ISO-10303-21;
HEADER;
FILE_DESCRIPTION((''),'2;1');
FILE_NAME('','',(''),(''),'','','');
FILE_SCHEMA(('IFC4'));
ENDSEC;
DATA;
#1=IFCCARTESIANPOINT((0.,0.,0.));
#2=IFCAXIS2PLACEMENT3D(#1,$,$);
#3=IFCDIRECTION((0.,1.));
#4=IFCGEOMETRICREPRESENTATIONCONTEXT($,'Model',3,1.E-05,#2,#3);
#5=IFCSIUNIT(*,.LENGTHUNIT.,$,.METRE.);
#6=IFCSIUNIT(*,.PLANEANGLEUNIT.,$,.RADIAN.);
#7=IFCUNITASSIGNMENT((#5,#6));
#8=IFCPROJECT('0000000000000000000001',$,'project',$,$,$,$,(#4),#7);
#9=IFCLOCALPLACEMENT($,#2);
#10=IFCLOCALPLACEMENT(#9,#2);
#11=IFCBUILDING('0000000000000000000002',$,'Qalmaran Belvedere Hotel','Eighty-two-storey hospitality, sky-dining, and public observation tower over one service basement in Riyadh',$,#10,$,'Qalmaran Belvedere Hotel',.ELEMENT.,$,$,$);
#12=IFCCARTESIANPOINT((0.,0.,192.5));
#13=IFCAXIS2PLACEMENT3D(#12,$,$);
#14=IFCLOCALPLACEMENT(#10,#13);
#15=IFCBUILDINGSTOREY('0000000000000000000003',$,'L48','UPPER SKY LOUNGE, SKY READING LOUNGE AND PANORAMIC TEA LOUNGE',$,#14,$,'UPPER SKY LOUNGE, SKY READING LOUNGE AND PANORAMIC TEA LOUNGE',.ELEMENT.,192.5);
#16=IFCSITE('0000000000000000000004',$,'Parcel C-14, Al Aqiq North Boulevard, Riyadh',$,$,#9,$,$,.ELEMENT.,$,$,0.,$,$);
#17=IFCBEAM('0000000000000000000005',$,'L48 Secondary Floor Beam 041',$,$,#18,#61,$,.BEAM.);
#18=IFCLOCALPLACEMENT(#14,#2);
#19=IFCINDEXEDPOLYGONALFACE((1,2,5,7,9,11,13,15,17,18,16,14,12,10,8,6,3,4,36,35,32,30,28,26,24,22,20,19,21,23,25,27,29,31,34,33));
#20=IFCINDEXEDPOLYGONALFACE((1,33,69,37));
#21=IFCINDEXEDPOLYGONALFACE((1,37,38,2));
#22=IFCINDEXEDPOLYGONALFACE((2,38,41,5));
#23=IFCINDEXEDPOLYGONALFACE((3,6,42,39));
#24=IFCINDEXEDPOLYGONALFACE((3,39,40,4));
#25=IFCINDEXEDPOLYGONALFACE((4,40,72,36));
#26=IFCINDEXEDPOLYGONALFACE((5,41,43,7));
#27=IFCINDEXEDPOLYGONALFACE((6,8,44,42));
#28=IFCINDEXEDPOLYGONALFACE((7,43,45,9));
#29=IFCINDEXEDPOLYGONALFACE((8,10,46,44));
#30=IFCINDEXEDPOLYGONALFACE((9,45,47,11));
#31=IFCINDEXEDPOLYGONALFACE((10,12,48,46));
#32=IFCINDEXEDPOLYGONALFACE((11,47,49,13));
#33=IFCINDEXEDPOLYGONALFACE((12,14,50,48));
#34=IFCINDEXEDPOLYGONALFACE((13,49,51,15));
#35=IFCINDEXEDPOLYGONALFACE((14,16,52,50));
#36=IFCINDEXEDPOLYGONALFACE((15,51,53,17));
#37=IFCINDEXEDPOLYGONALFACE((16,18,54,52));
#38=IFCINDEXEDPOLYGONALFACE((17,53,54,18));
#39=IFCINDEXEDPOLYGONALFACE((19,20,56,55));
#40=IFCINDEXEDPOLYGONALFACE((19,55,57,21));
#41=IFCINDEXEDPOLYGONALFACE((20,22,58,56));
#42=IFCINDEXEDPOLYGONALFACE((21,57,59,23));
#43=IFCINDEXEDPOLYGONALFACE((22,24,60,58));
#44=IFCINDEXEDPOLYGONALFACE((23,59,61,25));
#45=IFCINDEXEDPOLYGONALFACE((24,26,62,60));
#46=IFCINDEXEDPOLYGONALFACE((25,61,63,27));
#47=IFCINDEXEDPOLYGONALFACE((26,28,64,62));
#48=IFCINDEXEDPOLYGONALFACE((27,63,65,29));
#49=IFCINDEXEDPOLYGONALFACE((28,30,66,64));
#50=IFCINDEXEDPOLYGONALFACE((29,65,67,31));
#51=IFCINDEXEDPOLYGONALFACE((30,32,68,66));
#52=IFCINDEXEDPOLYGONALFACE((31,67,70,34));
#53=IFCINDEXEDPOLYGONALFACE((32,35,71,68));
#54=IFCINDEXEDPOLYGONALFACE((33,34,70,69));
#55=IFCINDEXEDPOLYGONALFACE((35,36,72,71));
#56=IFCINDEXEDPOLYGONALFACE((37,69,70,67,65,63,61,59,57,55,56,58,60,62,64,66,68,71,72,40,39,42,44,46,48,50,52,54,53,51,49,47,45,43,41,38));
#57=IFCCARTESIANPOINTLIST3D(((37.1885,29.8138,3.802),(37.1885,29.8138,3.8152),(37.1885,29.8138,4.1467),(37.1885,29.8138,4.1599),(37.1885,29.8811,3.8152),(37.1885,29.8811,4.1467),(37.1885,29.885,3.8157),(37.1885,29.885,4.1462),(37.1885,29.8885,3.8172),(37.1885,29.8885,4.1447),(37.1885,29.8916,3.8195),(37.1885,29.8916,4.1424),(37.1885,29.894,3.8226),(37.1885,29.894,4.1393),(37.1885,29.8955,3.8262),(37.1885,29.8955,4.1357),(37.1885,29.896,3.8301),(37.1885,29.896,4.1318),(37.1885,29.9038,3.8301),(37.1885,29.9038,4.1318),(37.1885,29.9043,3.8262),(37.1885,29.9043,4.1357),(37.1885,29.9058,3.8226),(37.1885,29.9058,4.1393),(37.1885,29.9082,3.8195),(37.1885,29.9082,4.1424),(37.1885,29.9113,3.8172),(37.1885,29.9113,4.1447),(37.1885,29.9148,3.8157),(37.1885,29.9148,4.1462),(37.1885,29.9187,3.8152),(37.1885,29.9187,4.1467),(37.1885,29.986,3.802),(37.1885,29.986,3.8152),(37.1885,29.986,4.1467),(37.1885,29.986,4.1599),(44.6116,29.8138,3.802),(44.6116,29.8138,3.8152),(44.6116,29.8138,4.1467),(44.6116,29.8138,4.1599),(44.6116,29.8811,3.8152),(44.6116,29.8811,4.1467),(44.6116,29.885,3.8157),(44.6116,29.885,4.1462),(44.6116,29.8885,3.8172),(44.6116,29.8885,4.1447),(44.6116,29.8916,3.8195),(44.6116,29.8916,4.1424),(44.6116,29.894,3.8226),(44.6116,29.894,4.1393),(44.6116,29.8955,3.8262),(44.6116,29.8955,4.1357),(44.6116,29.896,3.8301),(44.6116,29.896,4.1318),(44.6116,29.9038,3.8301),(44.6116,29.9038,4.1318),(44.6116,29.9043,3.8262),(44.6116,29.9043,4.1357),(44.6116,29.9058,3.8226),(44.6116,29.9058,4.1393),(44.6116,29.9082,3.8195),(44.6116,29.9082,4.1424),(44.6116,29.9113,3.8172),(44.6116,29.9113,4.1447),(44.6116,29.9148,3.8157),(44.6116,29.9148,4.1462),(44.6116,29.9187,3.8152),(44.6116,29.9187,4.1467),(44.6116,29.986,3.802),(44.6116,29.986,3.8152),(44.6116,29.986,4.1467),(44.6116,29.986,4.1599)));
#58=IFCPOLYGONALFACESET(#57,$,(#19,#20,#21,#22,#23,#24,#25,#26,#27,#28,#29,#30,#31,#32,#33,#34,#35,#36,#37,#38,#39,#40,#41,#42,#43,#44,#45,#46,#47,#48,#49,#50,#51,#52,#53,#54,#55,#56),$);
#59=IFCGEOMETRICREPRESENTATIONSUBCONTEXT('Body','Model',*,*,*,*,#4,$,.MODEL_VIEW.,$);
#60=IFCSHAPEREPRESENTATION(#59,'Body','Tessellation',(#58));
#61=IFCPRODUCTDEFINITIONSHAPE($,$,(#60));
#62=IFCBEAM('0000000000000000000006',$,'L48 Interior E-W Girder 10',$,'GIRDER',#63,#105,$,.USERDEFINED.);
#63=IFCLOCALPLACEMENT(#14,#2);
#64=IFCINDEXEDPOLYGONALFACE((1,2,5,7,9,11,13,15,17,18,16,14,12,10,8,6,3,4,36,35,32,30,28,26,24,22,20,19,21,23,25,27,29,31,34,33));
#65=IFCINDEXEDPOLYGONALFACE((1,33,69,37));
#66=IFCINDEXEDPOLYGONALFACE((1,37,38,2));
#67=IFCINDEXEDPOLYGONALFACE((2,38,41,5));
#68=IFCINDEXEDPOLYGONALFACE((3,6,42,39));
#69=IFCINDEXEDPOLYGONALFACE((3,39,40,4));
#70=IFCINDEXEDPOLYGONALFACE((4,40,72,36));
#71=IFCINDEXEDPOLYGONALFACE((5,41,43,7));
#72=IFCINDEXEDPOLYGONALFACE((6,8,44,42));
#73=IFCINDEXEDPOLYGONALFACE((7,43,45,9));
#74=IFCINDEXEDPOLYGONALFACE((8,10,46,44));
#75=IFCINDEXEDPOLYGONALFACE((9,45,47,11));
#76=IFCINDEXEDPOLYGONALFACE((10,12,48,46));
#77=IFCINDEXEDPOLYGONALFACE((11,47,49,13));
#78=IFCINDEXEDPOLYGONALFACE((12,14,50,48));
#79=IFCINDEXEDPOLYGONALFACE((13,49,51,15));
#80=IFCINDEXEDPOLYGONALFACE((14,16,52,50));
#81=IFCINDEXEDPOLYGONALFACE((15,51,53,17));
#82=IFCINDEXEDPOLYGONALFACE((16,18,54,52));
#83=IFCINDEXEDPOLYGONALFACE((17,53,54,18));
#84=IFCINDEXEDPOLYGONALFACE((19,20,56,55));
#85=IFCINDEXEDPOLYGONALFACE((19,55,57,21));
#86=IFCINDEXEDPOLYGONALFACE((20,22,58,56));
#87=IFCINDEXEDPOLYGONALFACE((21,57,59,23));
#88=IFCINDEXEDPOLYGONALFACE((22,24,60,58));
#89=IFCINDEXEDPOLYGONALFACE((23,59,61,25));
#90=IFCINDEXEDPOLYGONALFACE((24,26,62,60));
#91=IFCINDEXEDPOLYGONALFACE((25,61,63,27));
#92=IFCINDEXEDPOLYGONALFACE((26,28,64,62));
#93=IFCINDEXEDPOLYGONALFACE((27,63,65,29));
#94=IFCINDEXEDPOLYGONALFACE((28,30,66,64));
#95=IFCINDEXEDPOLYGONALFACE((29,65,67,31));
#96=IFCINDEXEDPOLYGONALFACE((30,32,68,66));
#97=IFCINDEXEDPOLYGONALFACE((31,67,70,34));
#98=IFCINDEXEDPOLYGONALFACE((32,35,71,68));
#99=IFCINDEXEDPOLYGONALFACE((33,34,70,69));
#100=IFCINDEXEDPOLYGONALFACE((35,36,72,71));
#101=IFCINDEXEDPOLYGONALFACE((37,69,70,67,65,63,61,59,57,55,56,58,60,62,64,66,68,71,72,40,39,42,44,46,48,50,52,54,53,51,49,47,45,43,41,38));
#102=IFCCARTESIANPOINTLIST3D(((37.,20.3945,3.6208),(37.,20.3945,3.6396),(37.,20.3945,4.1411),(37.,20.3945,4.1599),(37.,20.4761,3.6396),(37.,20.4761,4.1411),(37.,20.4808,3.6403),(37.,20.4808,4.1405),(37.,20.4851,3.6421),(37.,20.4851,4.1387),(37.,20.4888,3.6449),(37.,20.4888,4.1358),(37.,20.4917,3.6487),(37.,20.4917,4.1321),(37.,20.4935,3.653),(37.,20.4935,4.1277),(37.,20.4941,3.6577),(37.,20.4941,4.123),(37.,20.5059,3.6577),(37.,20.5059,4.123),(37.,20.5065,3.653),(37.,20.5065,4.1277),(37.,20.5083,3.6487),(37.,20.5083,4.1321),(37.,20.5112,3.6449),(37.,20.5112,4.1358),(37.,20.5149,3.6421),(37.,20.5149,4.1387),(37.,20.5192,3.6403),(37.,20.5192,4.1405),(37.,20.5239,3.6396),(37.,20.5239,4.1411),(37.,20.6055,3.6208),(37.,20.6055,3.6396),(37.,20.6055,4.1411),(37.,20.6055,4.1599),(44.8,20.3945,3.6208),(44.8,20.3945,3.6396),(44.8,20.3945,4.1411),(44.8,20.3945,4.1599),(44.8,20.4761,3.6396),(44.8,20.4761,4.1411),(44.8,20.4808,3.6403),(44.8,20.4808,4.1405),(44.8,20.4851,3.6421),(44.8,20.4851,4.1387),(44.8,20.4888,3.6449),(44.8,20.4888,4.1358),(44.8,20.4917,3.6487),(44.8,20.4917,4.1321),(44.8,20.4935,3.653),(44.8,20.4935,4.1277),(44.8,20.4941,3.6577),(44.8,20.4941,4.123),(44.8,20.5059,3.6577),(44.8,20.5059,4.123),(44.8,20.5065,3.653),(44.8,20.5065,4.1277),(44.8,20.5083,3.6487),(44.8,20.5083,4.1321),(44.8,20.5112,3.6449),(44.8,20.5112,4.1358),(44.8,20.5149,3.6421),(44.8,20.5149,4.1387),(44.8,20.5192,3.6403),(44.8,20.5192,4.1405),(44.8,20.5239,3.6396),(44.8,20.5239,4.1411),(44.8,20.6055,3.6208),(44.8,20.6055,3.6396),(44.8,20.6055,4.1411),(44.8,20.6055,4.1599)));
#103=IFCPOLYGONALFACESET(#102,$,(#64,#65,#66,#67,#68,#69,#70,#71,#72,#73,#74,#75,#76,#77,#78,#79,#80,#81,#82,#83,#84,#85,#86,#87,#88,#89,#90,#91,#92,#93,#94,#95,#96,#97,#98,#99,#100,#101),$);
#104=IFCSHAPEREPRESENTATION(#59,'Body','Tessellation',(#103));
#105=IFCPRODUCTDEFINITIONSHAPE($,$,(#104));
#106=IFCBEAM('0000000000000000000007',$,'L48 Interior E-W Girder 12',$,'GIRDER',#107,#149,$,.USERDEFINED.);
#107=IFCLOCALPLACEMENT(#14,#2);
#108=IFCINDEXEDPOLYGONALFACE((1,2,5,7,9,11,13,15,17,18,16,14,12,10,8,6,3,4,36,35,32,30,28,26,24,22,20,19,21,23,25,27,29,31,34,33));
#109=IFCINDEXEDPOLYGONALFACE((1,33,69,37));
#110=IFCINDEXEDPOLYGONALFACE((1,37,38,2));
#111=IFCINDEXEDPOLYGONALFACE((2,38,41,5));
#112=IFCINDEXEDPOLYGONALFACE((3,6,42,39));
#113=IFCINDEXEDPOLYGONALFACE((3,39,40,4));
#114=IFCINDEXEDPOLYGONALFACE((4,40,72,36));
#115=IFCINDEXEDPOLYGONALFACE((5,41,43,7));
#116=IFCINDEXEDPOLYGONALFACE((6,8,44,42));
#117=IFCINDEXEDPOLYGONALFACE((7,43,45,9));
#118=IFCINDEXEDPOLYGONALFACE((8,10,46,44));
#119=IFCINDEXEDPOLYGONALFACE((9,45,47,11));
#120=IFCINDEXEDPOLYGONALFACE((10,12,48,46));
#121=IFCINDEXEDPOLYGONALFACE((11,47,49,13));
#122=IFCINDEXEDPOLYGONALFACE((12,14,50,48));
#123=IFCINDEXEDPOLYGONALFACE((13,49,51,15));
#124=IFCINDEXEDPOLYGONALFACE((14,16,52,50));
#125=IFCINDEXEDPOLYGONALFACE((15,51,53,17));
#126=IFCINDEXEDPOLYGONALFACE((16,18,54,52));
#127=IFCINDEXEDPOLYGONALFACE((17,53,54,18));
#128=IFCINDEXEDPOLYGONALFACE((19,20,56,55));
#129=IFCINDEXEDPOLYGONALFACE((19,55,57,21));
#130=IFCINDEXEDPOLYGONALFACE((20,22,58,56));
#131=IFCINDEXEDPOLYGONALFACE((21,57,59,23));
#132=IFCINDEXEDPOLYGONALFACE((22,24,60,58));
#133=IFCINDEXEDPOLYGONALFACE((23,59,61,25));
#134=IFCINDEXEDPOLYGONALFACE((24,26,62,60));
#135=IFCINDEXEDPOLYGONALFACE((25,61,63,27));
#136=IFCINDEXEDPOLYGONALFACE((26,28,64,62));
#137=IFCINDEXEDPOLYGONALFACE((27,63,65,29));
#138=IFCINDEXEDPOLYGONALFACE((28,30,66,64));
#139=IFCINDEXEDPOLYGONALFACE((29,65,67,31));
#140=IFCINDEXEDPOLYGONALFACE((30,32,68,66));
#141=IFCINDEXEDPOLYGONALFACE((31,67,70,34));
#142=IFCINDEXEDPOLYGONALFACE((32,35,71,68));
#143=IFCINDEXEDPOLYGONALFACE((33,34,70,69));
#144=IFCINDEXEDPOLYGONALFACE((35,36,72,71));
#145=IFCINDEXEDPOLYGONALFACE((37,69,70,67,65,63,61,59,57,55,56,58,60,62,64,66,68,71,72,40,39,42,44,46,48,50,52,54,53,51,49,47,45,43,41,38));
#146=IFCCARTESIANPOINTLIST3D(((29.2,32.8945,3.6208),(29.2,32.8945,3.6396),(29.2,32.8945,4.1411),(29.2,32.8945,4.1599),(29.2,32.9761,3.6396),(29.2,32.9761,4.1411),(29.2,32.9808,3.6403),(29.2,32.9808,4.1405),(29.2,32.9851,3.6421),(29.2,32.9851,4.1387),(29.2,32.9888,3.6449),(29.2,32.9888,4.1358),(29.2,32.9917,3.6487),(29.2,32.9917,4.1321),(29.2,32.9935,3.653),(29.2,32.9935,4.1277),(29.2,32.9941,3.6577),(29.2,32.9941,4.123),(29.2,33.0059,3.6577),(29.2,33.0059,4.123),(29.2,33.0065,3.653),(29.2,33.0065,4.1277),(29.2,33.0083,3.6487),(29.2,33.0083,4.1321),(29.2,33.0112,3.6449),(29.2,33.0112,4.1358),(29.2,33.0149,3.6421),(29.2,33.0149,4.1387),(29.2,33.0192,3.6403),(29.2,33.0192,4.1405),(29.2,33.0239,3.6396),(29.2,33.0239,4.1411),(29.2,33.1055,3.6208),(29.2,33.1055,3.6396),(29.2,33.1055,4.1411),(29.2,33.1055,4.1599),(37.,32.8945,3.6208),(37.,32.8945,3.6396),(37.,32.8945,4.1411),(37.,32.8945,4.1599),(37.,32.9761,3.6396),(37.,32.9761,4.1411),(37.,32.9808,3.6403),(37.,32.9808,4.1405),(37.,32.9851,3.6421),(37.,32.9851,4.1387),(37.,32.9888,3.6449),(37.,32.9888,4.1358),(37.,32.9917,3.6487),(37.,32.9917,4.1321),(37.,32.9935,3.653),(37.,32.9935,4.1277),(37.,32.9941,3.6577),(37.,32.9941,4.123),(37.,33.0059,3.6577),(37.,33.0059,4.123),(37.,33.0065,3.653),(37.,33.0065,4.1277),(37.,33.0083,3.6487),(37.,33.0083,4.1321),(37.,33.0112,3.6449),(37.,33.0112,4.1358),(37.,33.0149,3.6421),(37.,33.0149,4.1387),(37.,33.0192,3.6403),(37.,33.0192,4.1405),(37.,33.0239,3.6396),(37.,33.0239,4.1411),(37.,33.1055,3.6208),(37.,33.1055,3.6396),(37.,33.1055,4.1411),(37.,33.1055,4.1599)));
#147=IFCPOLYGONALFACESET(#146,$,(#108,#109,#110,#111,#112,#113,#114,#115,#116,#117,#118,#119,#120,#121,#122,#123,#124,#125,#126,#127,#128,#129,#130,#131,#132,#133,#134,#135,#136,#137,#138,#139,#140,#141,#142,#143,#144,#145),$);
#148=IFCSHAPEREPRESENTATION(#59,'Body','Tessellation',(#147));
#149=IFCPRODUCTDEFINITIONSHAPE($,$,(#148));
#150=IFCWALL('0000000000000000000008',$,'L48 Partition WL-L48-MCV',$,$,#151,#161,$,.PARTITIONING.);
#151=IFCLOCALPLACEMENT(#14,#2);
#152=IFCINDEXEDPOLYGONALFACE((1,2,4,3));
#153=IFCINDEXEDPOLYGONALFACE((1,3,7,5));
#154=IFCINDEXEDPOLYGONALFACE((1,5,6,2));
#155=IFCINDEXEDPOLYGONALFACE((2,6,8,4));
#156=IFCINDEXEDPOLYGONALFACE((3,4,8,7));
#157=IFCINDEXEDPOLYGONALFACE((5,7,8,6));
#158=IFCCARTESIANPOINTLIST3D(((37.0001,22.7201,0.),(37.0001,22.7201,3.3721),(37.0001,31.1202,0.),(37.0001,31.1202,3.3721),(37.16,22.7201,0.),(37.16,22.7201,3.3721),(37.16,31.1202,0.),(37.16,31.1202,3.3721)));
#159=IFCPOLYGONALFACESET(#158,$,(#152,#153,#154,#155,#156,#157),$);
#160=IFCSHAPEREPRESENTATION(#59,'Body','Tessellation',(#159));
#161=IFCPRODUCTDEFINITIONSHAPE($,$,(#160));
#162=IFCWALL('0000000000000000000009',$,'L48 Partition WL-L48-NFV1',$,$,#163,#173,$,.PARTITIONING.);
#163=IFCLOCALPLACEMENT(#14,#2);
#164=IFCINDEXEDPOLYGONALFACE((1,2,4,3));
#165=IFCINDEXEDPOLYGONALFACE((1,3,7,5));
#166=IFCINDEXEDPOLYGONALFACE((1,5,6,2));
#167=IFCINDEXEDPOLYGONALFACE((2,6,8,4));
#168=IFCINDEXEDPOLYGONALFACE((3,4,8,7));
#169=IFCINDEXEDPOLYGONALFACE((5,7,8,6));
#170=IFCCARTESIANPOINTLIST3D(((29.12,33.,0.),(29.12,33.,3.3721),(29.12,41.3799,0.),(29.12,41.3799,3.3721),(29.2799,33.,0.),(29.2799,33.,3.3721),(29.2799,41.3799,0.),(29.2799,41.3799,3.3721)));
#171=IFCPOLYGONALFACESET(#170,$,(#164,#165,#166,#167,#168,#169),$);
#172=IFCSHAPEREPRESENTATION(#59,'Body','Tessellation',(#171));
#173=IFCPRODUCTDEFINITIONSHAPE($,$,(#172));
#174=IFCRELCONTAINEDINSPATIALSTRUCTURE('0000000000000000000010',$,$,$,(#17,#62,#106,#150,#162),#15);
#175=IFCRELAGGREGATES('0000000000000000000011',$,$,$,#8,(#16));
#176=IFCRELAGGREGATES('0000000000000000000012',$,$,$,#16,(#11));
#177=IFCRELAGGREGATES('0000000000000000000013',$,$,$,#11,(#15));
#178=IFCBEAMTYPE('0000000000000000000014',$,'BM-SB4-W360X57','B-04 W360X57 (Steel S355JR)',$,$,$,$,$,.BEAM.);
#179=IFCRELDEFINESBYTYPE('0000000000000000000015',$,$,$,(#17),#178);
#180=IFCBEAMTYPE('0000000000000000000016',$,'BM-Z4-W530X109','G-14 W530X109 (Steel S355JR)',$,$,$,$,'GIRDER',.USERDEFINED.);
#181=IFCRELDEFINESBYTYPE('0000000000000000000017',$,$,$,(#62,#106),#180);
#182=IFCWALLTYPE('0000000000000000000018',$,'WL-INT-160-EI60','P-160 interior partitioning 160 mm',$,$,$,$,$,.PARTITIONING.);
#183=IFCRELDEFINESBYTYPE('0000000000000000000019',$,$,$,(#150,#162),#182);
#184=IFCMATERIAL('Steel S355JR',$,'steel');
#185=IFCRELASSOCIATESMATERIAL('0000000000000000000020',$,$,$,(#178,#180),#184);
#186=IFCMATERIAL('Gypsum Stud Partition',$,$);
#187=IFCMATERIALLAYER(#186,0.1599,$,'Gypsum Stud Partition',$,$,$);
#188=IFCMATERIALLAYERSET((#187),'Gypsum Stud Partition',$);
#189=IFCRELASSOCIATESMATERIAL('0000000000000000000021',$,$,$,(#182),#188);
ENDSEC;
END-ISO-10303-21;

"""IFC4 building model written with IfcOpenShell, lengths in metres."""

from ifc_helpers import new_model, si_unit, direction, frame, frame_2d, origin, origin_2d, place, context, subcontext, project, spatial, rectangle, i_section, extrude, material, layer, layer_set, material_profile, profile_set, type_object, element, save


model = new_model("IFC4")

# Units and contexts
model_context = context("Model", 3, precision=1e-05, world=origin(), true_north=direction((0.0, 1.0)))
body_context = subcontext(model_context, "Body", "Model", "MODEL_VIEW")
ifc_project = project(units=[si_unit("LENGTHUNIT", "METRE"), si_unit("PLANEANGLEUNIT", "RADIAN")], contexts=[model_context])

# Site, building, storey
site_placement = place(None, origin())
site = spatial("IfcSite", under=ifc_project, at=site_placement, Name="Parcel C-14, Al Aqiq North Boulevard, Riyadh", CompositionType="ELEMENT", RefElevation=0.0)
building_placement = place(site_placement, origin())
building = spatial("IfcBuilding", under=site, at=building_placement, Name="Qalmaran Belvedere Hotel", Description="Eighty-two-storey hospitality, sky-dining, and public observation tower over one service basement in Riyadh", LongName="Qalmaran Belvedere Hotel", CompositionType="ELEMENT")
storey_placement = place(building_placement, frame((0.0, 0.0, 192.5)))
storey = spatial("IfcBuildingStorey", under=building, at=storey_placement, Name="L48", Description="UPPER SKY LOUNGE, SKY READING LOUNGE AND PANORAMIC TEA LOUNGE", LongName="UPPER SKY LOUNGE, SKY READING LOUNGE AND PANORAMIC TEA LOUNGE", CompositionType="ELEMENT", Elevation=192.5)

# Beams
ifc_material_1 = material(Name="Steel S355JR", Category="steel")
ifc_material_profile_1 = material_profile(ifc_material_1, i_section(OverallWidth=0.1721, OverallDepth=0.3579, WebThickness=0.0078, FlangeThickness=0.0132, FilletRadius=0.0149, at=origin_2d()), Name="W360X57")
ifc_profile_set_1 = profile_set([ifc_material_profile_1], Name="Steel S355JR")
beam_type_1 = type_object("IfcBeamType", Name="BM-SB4-W360X57", Description="B-04 W360X57 (Steel S355JR)", PredefinedType="BEAM", material=ifc_profile_set_1)
for number, where, z_axis, x_axis, name in (
    (1, (37.1885, 29.8999, 3.981), (1.0, 0.0, 0.0), (0.0, 1.0, 0.0), "L48 Secondary Floor Beam 041"),
):
    element("IfcBeam", number, at=place(storey_placement, frame(where, z_axis=z_axis, x_axis=x_axis)), inside=storey, type_object=beam_type_1, Name=name, PredefinedType="BEAM", context=body_context, shape_type="SweptSolid", body=[
        extrude(i_section(OverallWidth=0.1721, OverallDepth=0.3579, WebThickness=0.0078, FlangeThickness=0.0132, FilletRadius=0.0149, at=origin_2d()), origin(), (0.0, 0.0, 1.0), 7.4231),
    ])
ifc_material_profile_2 = material_profile(ifc_material_1, i_section(OverallWidth=0.2109, OverallDepth=0.5391, WebThickness=0.0117, FlangeThickness=0.0188, FilletRadius=0.0181, at=origin_2d()), Name="W530X109")
ifc_profile_set_2 = profile_set([ifc_material_profile_2], Name="Steel S355JR")
beam_type_2 = type_object("IfcBeamType", Name="BM-Z4-W530X109", Description="G-14 W530X109 (Steel S355JR)", ElementType="GIRDER", PredefinedType="USERDEFINED", material=ifc_profile_set_2)
for number, where, z_axis, x_axis, name in (
    (2, (37.0, 20.5, 3.8904), (1.0, 0.0, 0.0), (0.0, 1.0, 0.0), "L48 Interior E-W Girder 10"),
    (3, (29.2, 33.0, 3.8904), (1.0, 0.0, 0.0), (0.0, 1.0, 0.0), "L48 Interior E-W Girder 12"),
):
    element("IfcBeam", number, at=place(storey_placement, frame(where, z_axis=z_axis, x_axis=x_axis)), inside=storey, type_object=beam_type_2, Name=name, ObjectType="GIRDER", PredefinedType="USERDEFINED", context=body_context, shape_type="SweptSolid", body=[
        extrude(i_section(OverallWidth=0.2109, OverallDepth=0.5391, WebThickness=0.0117, FlangeThickness=0.0188, FilletRadius=0.0181, at=origin_2d()), origin(), (0.0, 0.0, 1.0), 7.8),
    ])

# Walls
ifc_material_2 = material(Name="Gypsum Stud Partition")
ifc_layer_1 = layer(ifc_material_2, 0.1599, Name="Gypsum Stud Partition")
ifc_layer_set_1 = layer_set([ifc_layer_1], Name="Gypsum Stud Partition")
wall_type_1 = type_object("IfcWallType", Name="WL-INT-160-EI60", Description="P-160 interior partitioning 160 mm", PredefinedType="PARTITIONING", material=ifc_layer_set_1)
wall_1_placement = place(storey_placement, frame((37.0801, 22.72, 0.0), z_axis=(0.0, 0.0, 1.0), x_axis=(0.0, 1.0, 0.0)))
element("IfcWall", 4, at=wall_1_placement, inside=storey, type_object=wall_type_1, Name="L48 Partition WL-L48-MCV", PredefinedType="PARTITIONING", context=body_context, shape_type="SweptSolid", body=[
    extrude(rectangle(XDim=8.4001, YDim=0.1599, at=frame_2d((4.2002, 0.0))), origin(), (0.0, 0.0, 1.0), 3.3721),
])
wall_2_placement = place(storey_placement, frame((29.2, 33.0, 0.0), z_axis=(0.0, 0.0, 1.0), x_axis=(0.0, 1.0, 0.0)))
element("IfcWall", 5, at=wall_2_placement, inside=storey, type_object=wall_type_1, Name="L48 Partition WL-L48-NFV1", PredefinedType="PARTITIONING", context=body_context, shape_type="SweptSolid", body=[
    extrude(rectangle(XDim=8.3799, YDim=0.1599, at=frame_2d((4.1899, 0.0))), origin(), (0.0, 0.0, 1.0), 3.3721),
])

save(model, "model.ifc")
